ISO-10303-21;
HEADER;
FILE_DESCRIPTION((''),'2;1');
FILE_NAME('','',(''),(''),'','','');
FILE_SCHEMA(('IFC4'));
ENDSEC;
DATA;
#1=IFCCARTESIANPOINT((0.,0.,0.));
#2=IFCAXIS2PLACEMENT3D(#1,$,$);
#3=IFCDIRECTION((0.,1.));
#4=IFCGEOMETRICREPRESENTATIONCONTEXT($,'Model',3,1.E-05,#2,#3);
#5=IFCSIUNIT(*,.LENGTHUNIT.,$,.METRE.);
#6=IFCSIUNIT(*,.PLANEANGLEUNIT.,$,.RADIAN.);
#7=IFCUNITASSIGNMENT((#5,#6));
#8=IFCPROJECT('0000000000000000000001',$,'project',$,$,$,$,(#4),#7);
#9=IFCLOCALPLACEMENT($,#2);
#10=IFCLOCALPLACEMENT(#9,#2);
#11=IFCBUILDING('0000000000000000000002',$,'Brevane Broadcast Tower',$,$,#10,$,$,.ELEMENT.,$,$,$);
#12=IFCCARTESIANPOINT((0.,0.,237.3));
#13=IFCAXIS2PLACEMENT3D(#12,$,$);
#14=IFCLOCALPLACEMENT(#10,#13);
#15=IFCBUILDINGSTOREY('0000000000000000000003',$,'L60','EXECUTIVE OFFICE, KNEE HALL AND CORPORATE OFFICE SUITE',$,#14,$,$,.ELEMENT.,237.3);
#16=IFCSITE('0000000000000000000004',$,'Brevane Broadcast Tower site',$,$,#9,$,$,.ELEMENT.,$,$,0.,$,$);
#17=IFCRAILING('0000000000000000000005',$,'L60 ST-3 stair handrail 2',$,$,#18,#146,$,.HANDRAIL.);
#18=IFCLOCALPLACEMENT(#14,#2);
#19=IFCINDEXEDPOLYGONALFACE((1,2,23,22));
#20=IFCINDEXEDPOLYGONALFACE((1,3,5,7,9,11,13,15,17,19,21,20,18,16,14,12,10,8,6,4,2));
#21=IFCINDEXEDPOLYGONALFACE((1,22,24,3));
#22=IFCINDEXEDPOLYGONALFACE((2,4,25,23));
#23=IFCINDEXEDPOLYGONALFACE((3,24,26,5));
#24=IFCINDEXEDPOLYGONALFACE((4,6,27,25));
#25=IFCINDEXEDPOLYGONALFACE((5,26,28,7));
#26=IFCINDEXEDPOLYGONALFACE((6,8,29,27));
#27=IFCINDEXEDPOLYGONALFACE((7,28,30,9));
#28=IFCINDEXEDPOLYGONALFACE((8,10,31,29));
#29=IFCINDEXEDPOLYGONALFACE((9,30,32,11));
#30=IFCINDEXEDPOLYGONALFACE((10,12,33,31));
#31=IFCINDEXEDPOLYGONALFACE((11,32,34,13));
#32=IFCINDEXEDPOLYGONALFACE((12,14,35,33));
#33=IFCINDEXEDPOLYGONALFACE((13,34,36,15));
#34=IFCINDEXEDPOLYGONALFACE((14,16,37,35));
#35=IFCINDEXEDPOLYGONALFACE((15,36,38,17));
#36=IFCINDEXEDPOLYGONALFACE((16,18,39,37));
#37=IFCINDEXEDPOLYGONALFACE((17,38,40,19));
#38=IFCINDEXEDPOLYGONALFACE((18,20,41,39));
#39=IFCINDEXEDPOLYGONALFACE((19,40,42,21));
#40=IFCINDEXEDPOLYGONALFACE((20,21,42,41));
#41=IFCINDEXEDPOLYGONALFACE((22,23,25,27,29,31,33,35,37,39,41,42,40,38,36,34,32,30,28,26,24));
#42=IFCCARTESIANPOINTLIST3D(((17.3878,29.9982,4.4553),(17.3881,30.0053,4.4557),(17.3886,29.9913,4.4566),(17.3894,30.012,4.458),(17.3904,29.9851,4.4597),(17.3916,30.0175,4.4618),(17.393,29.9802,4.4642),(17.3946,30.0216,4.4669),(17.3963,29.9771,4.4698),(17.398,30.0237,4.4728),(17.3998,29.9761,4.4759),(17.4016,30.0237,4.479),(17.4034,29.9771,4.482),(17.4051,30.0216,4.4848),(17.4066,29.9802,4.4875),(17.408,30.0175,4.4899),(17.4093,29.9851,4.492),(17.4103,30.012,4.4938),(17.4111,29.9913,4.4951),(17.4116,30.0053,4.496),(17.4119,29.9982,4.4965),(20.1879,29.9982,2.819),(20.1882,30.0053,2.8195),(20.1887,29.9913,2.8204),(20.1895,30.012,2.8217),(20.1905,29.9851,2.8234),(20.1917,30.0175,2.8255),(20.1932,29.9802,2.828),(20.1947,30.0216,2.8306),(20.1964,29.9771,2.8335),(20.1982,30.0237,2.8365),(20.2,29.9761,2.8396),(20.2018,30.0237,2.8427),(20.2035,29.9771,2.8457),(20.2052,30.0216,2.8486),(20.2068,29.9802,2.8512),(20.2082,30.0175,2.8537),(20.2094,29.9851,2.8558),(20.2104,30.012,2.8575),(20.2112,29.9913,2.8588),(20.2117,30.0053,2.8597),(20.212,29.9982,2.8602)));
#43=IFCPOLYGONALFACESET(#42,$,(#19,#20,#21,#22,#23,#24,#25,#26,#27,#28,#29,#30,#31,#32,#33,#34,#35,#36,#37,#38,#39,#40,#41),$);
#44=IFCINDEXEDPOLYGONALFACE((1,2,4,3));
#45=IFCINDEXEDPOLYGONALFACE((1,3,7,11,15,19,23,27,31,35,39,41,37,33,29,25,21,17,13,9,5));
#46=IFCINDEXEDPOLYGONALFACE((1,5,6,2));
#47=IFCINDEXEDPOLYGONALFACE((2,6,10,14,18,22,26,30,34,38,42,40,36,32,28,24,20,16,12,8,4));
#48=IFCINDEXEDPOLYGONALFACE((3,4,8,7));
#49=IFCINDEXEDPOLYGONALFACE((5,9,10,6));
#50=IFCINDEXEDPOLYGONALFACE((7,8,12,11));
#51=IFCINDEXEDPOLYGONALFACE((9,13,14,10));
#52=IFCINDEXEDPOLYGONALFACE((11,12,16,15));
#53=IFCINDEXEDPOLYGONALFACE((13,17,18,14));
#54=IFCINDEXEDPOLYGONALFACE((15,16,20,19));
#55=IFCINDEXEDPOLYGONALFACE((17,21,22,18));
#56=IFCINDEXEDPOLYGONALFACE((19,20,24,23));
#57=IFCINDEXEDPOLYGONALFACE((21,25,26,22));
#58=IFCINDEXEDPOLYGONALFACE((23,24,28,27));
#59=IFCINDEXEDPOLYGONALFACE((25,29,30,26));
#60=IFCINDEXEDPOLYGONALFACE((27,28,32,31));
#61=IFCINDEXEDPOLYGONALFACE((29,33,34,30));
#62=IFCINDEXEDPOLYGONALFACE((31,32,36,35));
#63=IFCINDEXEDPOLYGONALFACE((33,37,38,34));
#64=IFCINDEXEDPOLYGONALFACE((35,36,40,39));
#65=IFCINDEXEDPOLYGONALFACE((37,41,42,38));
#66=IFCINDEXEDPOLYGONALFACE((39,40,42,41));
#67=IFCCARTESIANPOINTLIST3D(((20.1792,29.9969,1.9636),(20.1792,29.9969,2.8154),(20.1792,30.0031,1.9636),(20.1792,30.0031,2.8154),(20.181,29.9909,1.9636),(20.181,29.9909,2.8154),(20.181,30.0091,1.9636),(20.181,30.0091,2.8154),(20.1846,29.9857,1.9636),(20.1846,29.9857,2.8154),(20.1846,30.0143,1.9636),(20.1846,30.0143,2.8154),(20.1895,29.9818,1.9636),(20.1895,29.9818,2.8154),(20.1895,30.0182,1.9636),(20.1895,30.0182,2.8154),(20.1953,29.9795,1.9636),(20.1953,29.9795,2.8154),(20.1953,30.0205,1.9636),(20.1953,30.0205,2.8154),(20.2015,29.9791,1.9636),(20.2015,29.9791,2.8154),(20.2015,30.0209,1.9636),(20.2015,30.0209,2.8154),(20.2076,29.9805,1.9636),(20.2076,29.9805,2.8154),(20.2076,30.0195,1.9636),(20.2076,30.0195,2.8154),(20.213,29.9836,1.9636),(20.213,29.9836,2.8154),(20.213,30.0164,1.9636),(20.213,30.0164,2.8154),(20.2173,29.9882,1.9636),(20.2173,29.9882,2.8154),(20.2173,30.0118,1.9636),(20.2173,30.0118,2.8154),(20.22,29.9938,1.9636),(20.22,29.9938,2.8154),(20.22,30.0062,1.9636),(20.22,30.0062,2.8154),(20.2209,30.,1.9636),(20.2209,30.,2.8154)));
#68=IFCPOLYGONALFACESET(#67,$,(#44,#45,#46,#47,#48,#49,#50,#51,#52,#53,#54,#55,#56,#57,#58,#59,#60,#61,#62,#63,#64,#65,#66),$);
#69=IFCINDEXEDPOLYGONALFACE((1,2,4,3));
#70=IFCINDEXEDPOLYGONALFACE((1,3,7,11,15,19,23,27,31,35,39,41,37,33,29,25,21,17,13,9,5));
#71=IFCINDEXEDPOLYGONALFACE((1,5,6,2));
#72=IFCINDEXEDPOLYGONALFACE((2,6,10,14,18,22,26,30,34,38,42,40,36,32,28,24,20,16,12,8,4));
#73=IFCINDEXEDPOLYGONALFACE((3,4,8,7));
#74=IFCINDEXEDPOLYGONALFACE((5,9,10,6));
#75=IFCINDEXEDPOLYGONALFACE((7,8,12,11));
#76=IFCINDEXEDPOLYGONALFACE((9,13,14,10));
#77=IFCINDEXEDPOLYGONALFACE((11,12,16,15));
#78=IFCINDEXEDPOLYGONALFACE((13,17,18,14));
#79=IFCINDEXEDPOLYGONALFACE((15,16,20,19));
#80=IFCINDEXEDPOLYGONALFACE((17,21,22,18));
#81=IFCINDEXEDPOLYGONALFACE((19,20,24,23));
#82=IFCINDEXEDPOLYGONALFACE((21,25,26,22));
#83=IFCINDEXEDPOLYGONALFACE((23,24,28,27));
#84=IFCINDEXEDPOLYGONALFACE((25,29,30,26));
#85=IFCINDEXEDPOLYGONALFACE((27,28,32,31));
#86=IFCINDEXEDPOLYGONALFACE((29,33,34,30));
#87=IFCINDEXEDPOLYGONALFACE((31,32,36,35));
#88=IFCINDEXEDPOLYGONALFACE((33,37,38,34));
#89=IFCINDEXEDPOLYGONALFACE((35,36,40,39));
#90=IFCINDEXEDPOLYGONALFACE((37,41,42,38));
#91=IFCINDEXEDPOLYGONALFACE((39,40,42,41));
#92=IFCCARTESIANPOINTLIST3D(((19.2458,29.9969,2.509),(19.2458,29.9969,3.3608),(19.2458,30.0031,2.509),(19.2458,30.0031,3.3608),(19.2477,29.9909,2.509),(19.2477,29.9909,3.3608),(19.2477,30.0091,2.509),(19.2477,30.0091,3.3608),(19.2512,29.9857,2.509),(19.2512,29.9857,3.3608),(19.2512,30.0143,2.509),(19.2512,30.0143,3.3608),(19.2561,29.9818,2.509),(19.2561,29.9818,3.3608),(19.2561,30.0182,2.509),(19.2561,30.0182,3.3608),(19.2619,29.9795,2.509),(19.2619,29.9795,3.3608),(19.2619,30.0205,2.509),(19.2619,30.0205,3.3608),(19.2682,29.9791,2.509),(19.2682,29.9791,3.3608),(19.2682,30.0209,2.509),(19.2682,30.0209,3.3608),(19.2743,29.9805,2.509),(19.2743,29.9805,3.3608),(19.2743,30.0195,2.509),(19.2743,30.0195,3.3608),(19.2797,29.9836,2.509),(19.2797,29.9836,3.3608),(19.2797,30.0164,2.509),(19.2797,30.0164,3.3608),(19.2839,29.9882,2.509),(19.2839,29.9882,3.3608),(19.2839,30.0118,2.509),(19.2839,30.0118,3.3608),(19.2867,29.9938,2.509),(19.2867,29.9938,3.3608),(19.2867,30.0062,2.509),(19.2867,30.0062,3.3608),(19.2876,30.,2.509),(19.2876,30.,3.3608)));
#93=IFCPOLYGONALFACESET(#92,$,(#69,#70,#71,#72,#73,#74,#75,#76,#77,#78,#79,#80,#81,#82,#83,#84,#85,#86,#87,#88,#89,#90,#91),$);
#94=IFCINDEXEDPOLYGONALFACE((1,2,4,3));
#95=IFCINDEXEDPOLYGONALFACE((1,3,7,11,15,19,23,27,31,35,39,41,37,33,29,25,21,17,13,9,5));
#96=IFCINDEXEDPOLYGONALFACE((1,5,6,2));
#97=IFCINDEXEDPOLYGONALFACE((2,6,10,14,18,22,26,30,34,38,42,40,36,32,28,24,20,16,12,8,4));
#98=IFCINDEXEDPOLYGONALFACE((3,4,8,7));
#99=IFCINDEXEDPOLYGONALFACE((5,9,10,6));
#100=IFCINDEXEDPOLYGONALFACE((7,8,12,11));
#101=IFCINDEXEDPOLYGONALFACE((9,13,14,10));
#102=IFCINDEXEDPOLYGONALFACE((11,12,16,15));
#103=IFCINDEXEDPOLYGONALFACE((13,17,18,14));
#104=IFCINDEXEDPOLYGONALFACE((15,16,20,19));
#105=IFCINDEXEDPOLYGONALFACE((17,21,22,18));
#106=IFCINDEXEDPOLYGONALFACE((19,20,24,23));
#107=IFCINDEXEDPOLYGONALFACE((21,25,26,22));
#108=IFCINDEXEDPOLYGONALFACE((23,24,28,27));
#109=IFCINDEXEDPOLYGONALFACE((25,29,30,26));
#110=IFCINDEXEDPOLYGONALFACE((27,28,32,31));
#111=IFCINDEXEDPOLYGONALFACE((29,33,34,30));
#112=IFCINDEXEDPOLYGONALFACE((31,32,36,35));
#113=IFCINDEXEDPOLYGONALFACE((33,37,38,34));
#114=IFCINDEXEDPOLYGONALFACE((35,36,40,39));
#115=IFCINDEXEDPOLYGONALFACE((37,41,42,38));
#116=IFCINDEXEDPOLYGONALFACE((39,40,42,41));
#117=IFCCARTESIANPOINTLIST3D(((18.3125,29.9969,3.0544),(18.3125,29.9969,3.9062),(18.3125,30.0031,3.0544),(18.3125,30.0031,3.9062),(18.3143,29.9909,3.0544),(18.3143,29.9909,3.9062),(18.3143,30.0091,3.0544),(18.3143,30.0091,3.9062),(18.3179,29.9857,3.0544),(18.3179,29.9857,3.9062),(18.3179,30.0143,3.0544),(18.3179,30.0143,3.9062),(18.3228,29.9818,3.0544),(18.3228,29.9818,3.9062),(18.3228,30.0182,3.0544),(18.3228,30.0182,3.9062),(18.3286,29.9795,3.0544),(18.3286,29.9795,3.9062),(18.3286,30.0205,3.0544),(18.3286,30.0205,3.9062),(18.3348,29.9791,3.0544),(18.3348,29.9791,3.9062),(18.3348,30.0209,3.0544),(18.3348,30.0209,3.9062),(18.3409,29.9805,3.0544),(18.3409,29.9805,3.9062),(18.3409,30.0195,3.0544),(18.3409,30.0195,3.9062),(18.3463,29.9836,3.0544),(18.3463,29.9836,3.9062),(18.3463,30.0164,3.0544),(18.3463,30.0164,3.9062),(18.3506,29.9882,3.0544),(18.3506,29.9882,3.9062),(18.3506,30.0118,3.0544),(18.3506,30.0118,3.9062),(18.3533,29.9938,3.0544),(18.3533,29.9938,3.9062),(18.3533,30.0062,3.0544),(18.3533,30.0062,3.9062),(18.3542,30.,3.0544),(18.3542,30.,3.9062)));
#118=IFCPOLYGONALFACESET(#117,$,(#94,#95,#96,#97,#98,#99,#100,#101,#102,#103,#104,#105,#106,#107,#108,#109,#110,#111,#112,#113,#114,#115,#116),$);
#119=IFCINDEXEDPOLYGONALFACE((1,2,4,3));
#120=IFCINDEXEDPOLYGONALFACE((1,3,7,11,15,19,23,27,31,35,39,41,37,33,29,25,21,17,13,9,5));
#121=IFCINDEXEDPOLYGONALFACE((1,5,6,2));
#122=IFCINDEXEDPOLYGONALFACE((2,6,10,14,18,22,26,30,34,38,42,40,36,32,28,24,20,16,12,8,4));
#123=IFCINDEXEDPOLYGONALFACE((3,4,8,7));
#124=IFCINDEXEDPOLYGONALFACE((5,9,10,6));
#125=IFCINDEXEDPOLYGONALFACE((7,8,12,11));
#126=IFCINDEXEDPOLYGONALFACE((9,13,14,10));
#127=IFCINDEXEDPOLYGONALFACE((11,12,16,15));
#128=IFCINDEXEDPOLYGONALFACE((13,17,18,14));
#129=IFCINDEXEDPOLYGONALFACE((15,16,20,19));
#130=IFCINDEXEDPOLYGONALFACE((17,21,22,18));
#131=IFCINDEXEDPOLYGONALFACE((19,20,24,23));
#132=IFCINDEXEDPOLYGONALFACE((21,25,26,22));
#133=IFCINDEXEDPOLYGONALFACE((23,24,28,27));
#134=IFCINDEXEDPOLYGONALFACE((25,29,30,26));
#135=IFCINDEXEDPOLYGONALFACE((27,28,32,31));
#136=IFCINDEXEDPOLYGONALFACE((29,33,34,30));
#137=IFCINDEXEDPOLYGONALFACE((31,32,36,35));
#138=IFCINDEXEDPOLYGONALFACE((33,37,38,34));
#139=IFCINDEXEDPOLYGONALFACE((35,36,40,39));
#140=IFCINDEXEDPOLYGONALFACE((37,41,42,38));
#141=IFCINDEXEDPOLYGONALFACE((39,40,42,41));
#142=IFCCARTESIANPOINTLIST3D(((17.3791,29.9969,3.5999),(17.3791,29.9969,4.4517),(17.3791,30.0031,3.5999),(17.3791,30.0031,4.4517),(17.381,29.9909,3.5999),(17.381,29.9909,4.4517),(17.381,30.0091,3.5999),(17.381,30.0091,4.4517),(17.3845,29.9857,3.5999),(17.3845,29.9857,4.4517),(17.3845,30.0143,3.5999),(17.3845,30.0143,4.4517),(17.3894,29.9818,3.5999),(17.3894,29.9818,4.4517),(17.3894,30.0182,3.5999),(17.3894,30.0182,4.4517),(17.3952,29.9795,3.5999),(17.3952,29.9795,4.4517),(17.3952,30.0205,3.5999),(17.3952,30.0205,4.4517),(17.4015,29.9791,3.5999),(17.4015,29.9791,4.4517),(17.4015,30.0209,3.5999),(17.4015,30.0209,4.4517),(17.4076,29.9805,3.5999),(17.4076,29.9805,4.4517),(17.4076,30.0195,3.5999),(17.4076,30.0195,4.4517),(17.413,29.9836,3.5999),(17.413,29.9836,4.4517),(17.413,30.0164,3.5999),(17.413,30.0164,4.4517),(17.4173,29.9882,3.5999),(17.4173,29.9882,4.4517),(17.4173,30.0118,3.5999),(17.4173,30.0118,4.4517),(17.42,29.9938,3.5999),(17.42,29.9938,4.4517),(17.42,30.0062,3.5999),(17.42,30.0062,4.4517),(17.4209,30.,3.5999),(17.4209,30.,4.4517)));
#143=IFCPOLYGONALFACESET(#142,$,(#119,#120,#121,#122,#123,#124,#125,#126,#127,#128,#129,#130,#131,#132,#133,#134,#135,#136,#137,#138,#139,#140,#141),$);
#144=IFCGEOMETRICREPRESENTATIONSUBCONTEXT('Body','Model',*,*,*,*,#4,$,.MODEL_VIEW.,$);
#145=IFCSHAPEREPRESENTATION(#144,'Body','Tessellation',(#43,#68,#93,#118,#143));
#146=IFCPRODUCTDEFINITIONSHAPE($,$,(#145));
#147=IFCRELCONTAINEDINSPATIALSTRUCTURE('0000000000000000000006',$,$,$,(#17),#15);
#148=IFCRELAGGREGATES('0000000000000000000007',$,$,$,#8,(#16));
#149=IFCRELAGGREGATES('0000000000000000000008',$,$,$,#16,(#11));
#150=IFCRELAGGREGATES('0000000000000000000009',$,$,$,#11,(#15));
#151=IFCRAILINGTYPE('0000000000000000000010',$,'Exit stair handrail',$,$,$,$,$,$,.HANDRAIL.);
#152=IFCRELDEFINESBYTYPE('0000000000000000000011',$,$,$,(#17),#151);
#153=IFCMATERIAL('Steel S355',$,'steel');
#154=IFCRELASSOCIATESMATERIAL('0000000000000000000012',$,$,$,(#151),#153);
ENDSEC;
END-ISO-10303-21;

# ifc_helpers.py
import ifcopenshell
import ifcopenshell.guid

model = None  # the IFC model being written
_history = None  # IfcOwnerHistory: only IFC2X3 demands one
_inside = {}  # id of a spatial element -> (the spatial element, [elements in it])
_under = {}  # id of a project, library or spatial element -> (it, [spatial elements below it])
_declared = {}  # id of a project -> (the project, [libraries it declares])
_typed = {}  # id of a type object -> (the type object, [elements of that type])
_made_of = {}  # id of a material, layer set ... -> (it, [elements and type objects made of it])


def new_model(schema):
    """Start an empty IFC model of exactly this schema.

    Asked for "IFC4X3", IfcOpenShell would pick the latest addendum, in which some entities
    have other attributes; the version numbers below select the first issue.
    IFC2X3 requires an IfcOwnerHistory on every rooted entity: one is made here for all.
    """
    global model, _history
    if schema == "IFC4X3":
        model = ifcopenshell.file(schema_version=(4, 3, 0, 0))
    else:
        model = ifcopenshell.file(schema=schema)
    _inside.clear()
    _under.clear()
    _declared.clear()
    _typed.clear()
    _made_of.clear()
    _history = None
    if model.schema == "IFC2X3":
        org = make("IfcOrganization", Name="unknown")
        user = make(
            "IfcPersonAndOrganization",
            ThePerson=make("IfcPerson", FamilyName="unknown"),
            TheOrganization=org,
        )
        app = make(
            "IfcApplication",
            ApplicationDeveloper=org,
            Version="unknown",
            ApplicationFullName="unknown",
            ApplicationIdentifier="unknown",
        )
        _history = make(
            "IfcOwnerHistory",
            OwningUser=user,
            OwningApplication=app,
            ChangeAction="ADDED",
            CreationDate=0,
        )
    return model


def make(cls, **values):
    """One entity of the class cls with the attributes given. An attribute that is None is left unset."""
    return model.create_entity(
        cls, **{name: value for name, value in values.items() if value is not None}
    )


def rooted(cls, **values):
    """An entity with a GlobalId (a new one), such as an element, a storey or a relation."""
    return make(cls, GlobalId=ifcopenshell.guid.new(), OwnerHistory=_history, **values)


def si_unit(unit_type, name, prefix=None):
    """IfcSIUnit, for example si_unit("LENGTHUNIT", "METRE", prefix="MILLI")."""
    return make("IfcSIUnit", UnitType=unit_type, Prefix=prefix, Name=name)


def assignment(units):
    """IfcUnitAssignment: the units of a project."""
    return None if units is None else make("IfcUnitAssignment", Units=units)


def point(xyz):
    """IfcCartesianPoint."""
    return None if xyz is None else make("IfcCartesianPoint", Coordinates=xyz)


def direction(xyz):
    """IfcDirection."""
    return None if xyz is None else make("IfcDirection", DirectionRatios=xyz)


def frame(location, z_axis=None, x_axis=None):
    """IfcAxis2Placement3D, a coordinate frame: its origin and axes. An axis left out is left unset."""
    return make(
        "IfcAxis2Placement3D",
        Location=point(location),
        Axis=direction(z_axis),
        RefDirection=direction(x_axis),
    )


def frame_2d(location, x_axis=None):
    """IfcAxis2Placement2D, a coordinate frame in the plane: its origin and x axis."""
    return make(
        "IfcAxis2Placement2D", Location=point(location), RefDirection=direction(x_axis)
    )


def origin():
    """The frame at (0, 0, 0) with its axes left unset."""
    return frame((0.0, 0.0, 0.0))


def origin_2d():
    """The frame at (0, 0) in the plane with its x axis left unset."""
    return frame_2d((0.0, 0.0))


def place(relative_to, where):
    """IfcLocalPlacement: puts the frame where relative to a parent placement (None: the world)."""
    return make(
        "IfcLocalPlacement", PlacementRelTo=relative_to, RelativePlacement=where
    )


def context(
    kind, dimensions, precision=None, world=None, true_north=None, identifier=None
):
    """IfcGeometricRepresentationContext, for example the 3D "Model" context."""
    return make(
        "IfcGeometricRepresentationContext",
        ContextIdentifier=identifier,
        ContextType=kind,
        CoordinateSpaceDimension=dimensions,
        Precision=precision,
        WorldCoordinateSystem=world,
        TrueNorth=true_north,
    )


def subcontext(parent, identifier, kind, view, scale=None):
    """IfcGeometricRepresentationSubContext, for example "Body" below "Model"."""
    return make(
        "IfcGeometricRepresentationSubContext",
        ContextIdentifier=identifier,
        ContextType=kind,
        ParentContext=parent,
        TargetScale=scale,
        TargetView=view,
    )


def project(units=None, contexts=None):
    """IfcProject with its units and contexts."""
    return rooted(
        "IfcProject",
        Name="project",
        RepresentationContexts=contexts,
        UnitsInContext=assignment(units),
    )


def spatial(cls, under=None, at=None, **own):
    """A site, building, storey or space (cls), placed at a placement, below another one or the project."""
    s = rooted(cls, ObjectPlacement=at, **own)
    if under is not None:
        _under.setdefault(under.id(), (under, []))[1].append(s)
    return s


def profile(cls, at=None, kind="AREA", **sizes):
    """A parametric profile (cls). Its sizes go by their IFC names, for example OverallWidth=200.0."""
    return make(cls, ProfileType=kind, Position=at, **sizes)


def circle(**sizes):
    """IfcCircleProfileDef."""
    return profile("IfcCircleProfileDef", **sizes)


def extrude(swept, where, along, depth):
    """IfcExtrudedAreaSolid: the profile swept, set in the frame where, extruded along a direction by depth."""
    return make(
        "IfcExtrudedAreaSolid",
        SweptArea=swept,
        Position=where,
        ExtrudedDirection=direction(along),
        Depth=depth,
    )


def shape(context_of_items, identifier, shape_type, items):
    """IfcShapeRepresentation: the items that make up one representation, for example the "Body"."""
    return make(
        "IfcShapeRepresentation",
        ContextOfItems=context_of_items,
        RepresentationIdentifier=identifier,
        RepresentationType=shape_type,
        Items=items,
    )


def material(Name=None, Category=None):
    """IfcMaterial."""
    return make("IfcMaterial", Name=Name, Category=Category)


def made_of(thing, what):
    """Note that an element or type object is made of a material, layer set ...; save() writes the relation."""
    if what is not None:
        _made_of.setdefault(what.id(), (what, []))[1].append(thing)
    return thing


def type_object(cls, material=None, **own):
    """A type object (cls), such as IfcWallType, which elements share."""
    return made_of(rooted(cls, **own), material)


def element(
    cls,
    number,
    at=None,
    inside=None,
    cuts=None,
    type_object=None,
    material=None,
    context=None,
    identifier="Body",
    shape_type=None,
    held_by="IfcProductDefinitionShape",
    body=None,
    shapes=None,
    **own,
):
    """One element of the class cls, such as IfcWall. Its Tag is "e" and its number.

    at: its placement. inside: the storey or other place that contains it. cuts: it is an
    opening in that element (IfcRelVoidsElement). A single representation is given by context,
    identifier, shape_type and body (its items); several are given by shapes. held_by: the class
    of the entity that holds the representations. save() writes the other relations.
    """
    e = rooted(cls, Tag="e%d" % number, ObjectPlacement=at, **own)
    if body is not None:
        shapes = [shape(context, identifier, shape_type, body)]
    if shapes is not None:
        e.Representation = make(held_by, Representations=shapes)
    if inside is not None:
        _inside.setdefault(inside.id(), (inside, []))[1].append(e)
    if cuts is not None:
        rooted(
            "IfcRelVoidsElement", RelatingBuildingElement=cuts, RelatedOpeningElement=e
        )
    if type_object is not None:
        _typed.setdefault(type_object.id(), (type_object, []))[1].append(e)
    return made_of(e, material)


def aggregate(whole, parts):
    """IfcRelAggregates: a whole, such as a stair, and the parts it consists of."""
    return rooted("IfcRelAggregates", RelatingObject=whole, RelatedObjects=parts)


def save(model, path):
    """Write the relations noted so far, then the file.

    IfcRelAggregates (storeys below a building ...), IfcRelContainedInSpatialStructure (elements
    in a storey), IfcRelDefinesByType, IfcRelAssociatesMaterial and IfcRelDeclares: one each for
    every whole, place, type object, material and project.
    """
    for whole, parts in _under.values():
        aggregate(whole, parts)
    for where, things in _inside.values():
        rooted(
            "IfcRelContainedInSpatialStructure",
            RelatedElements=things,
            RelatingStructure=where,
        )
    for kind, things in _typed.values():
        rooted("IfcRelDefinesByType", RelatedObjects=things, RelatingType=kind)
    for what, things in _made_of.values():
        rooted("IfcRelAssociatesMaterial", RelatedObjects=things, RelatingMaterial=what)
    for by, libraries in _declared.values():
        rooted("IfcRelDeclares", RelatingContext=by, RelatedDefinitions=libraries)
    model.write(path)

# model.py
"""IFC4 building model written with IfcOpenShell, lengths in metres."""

from ifc_helpers import new_model, si_unit, direction, frame, origin, origin_2d, place, context, subcontext, project, spatial, circle, extrude, material, type_object, element, save


model = new_model("IFC4")

# Units and contexts
model_context = context("Model", 3, precision=1e-05, world=origin(), true_north=direction((0.0, 1.0)))
body_context = subcontext(model_context, "Body", "Model", "MODEL_VIEW")
ifc_project = project(units=[si_unit("LENGTHUNIT", "METRE"), si_unit("PLANEANGLEUNIT", "RADIAN")], contexts=[model_context])

# Site, building, storey
site_placement = place(None, origin())
site = spatial("IfcSite", under=ifc_project, at=site_placement, Name="Brevane Broadcast Tower site", CompositionType="ELEMENT", RefElevation=0.0)
building_placement = place(site_placement, origin())
building = spatial("IfcBuilding", under=site, at=building_placement, Name="Brevane Broadcast Tower", CompositionType="ELEMENT")
storey_placement = place(building_placement, frame((0.0, 0.0, 237.3)))
storey = spatial("IfcBuildingStorey", under=building, at=storey_placement, Name="L60", Description="EXECUTIVE OFFICE, KNEE HALL AND CORPORATE OFFICE SUITE", CompositionType="ELEMENT", Elevation=237.3)

# Railing
ifc_material_1 = material(Name="Steel S355", Category="steel")
railing_type_1 = type_object("IfcRailingType", Name="Exit stair handrail", PredefinedType="HANDRAIL", material=ifc_material_1)
railing_1_placement = place(storey_placement, frame((20.2, 30.0, 1.9636)))
element("IfcRailing", 1, at=railing_1_placement, inside=storey, type_object=railing_type_1, Name="L60 ST-3 stair handrail 2", PredefinedType="HANDRAIL", context=body_context, shape_type="SweptSolid", body=[
    extrude(circle(Radius=0.0239, at=origin_2d()), frame((0.0, 0.0, 0.876), z_axis=(-0.863394, 0.0, 0.504531), x_axis=(0.0, -1.0, 0.0)), (0.0, 0.0, 1.0), 3.2432),
    extrude(circle(Radius=0.021, at=origin_2d()), origin(), (0.0, 0.0, 1.0), 0.8518),
    extrude(circle(Radius=0.021, at=origin_2d()), frame((-0.9333, 0.0, 0.5454)), (0.0, 0.0, 1.0), 0.8518),
    extrude(circle(Radius=0.021, at=origin_2d()), frame((-1.8667, 0.0, 1.0908)), (0.0, 0.0, 1.0), 0.8518),
    extrude(circle(Radius=0.021, at=origin_2d()), frame((-2.8, 0.0, 1.6362)), (0.0, 0.0, 1.0), 0.8518),
])

save(model, "model.ifc")
